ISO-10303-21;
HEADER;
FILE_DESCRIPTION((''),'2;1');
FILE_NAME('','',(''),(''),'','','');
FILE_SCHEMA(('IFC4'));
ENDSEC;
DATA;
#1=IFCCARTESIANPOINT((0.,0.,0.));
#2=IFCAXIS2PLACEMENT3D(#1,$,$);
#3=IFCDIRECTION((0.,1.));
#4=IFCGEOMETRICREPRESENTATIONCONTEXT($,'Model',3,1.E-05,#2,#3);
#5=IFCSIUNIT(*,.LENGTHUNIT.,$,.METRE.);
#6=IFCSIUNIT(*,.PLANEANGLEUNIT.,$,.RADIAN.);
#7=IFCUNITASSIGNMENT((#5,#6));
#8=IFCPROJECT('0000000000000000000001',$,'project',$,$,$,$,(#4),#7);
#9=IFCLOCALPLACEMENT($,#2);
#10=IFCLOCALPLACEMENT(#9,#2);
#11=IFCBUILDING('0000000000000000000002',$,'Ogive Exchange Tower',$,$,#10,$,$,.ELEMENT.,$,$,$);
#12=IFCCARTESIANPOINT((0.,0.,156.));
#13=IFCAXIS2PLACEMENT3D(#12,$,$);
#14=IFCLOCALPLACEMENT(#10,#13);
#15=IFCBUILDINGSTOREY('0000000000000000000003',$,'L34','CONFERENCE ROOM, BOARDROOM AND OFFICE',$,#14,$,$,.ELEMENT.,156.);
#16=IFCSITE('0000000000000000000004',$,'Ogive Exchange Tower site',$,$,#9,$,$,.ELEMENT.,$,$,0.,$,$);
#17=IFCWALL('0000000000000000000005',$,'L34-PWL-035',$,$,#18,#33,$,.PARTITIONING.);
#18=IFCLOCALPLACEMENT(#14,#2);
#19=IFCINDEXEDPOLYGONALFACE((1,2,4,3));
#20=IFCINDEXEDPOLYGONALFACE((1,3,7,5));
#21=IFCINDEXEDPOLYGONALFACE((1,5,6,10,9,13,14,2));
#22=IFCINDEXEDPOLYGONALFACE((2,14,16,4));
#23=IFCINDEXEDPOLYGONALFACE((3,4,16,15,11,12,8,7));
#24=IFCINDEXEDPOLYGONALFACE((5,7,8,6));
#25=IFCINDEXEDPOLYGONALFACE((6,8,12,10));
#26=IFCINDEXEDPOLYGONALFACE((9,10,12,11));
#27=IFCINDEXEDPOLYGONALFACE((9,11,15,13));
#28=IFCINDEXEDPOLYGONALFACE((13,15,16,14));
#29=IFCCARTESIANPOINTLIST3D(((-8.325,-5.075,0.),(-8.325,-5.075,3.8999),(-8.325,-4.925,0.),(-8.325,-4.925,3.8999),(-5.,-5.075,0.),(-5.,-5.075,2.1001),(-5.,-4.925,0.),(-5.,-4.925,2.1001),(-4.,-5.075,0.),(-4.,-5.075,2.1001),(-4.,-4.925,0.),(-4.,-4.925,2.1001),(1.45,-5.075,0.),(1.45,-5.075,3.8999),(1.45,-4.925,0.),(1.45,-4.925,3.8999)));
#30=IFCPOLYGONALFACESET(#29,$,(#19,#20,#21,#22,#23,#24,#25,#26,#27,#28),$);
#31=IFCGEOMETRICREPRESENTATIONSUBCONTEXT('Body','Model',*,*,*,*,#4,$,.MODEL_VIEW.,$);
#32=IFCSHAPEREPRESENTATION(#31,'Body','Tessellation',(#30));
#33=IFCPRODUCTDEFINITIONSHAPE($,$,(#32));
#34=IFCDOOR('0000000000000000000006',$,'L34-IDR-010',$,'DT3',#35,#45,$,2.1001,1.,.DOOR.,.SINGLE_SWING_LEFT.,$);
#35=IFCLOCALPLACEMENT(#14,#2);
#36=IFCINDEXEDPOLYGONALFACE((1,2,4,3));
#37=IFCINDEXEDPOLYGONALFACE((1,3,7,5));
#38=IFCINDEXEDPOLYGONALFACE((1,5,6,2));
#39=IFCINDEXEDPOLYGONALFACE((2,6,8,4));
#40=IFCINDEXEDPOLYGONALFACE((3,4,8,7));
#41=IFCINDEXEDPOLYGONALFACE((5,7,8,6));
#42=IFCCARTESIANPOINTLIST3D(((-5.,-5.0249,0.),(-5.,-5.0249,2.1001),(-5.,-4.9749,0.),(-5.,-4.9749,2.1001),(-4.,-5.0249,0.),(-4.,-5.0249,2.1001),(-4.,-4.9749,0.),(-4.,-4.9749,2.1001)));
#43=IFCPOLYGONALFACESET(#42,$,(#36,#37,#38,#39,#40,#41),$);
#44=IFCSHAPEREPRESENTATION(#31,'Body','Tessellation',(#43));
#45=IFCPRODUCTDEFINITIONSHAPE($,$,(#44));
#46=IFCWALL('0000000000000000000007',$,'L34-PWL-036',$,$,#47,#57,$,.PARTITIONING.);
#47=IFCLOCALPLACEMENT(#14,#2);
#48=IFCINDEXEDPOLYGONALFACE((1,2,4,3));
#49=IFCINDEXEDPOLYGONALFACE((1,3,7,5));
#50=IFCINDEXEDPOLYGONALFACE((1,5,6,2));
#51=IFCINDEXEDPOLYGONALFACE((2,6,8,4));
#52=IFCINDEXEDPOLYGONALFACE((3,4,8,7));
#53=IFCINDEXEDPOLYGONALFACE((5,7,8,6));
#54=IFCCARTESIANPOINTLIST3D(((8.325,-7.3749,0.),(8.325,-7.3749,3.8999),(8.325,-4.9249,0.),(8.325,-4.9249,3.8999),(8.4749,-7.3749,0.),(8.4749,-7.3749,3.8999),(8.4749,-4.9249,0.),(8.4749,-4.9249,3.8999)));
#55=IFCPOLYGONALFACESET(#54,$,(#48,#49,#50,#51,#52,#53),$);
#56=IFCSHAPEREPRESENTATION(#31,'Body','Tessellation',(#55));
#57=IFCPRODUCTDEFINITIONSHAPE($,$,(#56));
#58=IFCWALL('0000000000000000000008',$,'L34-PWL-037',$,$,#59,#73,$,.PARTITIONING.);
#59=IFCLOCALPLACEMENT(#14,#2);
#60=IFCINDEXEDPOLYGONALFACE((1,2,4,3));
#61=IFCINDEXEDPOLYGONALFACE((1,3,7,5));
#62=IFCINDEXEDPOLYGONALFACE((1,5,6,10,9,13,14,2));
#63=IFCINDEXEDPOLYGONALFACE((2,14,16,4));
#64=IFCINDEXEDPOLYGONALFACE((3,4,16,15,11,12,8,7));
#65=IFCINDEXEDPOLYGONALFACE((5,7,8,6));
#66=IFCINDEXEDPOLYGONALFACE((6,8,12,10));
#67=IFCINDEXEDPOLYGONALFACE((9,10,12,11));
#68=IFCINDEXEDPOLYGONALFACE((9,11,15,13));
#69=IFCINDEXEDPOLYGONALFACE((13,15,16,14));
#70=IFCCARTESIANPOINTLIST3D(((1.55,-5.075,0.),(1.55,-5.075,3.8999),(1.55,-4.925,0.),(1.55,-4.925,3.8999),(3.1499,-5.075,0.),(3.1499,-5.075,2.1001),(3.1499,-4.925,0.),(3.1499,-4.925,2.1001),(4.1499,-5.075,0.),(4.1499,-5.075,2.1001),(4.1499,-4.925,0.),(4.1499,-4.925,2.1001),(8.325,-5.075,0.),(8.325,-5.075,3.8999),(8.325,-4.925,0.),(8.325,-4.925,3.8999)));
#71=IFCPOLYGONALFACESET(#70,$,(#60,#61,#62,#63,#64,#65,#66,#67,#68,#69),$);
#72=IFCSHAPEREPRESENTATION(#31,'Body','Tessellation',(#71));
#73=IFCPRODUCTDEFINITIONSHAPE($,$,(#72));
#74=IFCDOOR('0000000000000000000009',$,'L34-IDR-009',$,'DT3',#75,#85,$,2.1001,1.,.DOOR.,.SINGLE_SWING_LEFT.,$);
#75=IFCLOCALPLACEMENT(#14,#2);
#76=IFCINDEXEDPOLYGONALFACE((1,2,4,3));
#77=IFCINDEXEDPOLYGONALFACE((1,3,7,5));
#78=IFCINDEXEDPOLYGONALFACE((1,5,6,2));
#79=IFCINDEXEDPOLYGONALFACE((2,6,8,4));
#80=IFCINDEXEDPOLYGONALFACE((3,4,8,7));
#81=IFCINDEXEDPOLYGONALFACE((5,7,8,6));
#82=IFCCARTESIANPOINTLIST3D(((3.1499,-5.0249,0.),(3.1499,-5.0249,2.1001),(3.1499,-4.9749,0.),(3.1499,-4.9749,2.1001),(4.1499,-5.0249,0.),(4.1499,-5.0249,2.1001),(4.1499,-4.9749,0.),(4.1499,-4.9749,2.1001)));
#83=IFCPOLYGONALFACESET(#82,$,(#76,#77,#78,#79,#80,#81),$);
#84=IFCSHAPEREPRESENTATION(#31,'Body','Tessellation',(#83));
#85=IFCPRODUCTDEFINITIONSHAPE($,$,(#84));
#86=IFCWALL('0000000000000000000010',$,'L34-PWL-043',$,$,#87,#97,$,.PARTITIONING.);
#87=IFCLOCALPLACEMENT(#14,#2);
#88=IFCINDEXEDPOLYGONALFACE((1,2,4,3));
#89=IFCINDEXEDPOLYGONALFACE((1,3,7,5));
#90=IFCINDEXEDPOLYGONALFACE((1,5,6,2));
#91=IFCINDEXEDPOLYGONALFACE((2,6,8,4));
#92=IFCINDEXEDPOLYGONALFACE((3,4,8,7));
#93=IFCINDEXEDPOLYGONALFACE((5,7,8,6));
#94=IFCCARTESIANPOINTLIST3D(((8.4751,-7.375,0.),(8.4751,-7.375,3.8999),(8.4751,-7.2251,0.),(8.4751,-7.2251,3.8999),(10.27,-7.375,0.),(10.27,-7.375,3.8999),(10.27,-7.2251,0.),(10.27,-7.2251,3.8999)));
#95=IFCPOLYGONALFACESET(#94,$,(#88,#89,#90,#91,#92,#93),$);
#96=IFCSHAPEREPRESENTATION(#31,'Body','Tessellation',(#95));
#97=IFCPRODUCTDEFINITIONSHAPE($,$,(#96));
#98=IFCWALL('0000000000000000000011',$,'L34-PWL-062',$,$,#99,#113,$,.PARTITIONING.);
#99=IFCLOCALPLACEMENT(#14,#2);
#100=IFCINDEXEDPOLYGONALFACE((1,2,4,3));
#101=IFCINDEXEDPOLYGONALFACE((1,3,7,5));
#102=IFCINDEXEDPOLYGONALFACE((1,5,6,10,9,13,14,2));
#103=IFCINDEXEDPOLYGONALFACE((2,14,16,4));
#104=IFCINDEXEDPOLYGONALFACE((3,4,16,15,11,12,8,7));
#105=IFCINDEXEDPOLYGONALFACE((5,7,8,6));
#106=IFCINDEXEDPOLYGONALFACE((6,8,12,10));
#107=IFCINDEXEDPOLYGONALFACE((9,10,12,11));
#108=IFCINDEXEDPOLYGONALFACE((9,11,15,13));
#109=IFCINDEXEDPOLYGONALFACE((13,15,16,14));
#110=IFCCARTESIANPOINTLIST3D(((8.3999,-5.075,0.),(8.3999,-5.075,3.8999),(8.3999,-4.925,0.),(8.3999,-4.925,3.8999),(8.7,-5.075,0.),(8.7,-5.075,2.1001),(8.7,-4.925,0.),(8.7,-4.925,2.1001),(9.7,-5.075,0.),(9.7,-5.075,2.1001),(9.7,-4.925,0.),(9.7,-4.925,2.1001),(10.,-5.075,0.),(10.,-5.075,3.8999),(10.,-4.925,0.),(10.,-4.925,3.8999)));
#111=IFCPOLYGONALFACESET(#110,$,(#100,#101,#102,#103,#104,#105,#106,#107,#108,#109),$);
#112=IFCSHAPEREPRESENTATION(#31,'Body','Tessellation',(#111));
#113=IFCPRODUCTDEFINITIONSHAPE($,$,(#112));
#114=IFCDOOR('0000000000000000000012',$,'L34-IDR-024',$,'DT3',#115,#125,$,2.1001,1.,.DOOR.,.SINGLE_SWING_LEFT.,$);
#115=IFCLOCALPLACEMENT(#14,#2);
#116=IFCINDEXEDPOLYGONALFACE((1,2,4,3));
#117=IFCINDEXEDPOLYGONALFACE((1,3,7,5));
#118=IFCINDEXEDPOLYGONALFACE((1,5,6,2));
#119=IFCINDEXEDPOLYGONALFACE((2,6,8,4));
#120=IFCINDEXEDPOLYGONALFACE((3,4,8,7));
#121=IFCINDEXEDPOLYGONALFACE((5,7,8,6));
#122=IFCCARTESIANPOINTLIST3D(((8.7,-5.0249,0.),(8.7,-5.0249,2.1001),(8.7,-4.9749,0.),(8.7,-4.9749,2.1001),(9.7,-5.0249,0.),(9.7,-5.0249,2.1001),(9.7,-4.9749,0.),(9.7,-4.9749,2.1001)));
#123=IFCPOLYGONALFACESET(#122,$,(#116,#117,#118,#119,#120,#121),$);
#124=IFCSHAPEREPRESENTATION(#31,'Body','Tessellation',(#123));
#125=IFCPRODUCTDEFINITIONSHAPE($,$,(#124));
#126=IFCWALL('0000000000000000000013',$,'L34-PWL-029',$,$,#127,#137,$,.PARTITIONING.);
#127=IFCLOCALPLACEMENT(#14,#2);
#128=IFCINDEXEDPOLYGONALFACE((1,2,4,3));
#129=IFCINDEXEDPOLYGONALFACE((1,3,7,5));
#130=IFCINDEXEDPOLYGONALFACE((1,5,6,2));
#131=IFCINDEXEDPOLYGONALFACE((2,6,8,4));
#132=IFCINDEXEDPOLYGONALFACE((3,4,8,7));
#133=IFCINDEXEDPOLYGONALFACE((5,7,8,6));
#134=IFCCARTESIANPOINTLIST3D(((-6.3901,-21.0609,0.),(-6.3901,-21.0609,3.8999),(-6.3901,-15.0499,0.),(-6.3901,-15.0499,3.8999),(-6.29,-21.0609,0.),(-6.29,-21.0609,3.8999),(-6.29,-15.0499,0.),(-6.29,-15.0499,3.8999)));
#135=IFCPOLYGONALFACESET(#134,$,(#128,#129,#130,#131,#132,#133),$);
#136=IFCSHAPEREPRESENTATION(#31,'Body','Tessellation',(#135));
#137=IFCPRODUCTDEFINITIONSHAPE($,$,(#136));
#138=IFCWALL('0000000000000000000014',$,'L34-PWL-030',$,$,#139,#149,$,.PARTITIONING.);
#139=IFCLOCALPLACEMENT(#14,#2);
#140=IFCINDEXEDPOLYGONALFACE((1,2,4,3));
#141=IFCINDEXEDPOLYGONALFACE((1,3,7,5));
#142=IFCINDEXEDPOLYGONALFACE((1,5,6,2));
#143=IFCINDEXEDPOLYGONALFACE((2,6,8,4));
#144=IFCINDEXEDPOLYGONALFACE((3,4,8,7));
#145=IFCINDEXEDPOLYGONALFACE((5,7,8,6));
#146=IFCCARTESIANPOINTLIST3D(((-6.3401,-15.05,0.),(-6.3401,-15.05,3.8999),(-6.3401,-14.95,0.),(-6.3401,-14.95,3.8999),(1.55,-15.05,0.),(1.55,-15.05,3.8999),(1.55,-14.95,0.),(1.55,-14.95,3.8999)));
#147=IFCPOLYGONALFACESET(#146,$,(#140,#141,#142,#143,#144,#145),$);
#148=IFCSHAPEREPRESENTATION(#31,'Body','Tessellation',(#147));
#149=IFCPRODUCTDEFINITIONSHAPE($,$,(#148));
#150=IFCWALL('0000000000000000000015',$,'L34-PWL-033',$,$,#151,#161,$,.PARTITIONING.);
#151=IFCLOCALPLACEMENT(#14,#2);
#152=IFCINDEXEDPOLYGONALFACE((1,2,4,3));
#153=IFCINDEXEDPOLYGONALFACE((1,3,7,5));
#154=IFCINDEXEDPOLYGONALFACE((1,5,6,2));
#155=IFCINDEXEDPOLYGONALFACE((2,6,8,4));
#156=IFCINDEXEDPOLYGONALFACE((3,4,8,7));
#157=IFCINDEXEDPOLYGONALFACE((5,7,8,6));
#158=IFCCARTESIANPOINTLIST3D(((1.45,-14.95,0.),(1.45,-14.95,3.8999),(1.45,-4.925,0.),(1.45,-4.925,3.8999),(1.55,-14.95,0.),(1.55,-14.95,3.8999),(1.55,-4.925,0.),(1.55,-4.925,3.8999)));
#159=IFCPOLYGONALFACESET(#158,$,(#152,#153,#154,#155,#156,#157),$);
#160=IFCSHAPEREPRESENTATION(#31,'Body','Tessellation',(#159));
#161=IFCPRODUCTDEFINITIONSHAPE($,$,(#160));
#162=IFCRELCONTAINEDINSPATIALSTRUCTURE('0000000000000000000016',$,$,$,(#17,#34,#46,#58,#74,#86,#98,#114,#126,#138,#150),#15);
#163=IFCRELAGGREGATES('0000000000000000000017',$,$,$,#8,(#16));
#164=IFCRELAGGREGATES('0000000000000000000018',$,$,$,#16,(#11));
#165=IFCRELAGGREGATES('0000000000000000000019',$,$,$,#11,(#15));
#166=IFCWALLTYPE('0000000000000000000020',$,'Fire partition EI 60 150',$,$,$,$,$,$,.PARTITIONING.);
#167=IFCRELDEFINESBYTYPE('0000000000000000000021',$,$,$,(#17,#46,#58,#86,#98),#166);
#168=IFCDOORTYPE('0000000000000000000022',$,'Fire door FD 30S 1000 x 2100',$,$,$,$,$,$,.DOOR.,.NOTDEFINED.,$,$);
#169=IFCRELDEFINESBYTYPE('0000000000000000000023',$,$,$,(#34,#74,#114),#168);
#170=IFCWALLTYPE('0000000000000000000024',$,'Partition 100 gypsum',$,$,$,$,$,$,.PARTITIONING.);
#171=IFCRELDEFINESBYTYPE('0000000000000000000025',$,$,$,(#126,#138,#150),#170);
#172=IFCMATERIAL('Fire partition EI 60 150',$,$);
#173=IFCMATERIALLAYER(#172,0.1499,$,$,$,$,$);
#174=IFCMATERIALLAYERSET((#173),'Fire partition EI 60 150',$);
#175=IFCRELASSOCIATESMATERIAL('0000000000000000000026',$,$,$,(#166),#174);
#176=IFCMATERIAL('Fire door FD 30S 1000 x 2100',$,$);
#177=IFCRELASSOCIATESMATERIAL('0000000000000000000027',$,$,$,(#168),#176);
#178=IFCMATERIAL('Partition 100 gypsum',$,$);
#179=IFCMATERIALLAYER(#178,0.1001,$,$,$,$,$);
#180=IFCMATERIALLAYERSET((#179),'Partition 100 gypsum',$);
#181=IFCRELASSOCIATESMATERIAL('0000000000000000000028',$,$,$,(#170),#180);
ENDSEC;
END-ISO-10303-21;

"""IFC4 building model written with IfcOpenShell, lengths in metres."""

from ifc_helpers import new_model, si_unit, direction, frame, frame_2d, origin, place, context, subcontext, project, spatial, rectangle, extrude, material, layer, layer_set, type_object, element, fill, save


model = new_model("IFC4")

# Units and contexts
model_context = context("Model", 3, precision=1e-05, world=origin(), true_north=direction((0.0, 1.0)))
body_context = subcontext(model_context, "Body", "Model", "MODEL_VIEW")
ifc_project = project(units=[si_unit("LENGTHUNIT", "METRE"), si_unit("PLANEANGLEUNIT", "RADIAN")], contexts=[model_context])

# Site, building, storey
site_placement = place(None, origin())
site = spatial("IfcSite", under=ifc_project, at=site_placement, Name="Ogive Exchange Tower site", CompositionType="ELEMENT", RefElevation=0.0)
building_placement = place(site_placement, origin())
building = spatial("IfcBuilding", under=site, at=building_placement, Name="Ogive Exchange Tower", CompositionType="ELEMENT")
storey_placement = place(building_placement, frame((0.0, 0.0, 156.0)))
storey = spatial("IfcBuildingStorey", under=building, at=storey_placement, Name="L34", Description="CONFERENCE ROOM, BOARDROOM AND OFFICE", CompositionType="ELEMENT", Elevation=156.0)

# Wall, opening, door
ifc_material_1 = material(Name="Fire partition EI 60 150")
ifc_layer_1 = layer(ifc_material_1, 0.1499)
ifc_layer_set_1 = layer_set([ifc_layer_1], Name="Fire partition EI 60 150")
wall_type_1 = type_object("IfcWallType", Name="Fire partition EI 60 150", PredefinedType="PARTITIONING", material=ifc_layer_set_1)
wall_1_placement = place(storey_placement, frame((1.45, -5.0, 0.0), z_axis=(0.0, 0.0, 1.0), x_axis=(-1.0, 0.0, 0.0)))
wall_1 = element("IfcWall", 1, at=wall_1_placement, inside=storey, type_object=wall_type_1, Name="L34-PWL-035", PredefinedType="PARTITIONING", context=body_context, shape_type="SweptSolid", body=[
    extrude(rectangle(XDim=9.7749, YDim=0.1499, at=frame_2d((4.8875, 0.0))), origin(), (0.0, 0.0, 1.0), 3.8999),
])
opening_1_placement = place(wall_1_placement, frame((5.45, 0.0, 0.0)))
opening_1 = element("IfcOpeningElement", 2, at=opening_1_placement, cuts=wall_1, PredefinedType="OPENING", context=body_context, shape_type="SweptSolid", body=[
    extrude(rectangle(XDim=1.0, YDim=2.1001, at=frame_2d((0.5, 1.05))), frame((0.0, 0.085, 0.0), z_axis=(0.0, -1.0, 0.0), x_axis=(1.0, 0.0, 0.0)), (0.0, 0.0, 1.0), 0.1699),
])
ifc_material_2 = material(Name="Fire door FD 30S 1000 x 2100")
door_type_1 = type_object("IfcDoorType", Name="Fire door FD 30S 1000 x 2100", OperationType="NOTDEFINED", PredefinedType="DOOR", material=ifc_material_2)
door_1_placement = place(opening_1_placement, origin())
door_1 = element("IfcDoor", 3, at=door_1_placement, inside=storey, type_object=door_type_1, Name="L34-IDR-010", ObjectType="DT3", OperationType="SINGLE_SWING_LEFT", OverallHeight=2.1001, OverallWidth=1.0, PredefinedType="DOOR", context=body_context, shape_type="SweptSolid", body=[
    extrude(rectangle(XDim=1.0, YDim=2.1001, at=frame_2d((0.5, 1.05))), frame((0.0, 0.0249, 0.0), z_axis=(0.0, -1.0, 0.0), x_axis=(1.0, 0.0, 0.0)), (0.0, 0.0, 1.0), 0.05),
])
fill(opening_1, door_1)

# Wall
wall_2_placement = place(storey_placement, frame((8.3999, -7.375, 0.0), z_axis=(0.0, 0.0, 1.0), x_axis=(0.0, 1.0, 0.0)))
element("IfcWall", 4, at=wall_2_placement, inside=storey, type_object=wall_type_1, Name="L34-PWL-036", PredefinedType="PARTITIONING", context=body_context, shape_type="SweptSolid", body=[
    extrude(rectangle(XDim=2.45, YDim=0.1499, at=frame_2d((1.2251, 0.0))), origin(), (0.0, 0.0, 1.0), 3.8999),
])

# Wall, opening, door
wall_3_placement = place(storey_placement, frame((8.325, -5.0, 0.0), z_axis=(0.0, 0.0, 1.0), x_axis=(-1.0, 0.0, 0.0)))
wall_3 = element("IfcWall", 5, at=wall_3_placement, inside=storey, type_object=wall_type_1, Name="L34-PWL-037", PredefinedType="PARTITIONING", context=body_context, shape_type="SweptSolid", body=[
    extrude(rectangle(XDim=6.7749, YDim=0.1499, at=frame_2d((3.3875, 0.0))), origin(), (0.0, 0.0, 1.0), 3.8999),
])
opening_2_placement = place(wall_3_placement, frame((4.175, 0.0, 0.0)))
opening_2 = element("IfcOpeningElement", 6, at=opening_2_placement, cuts=wall_3, PredefinedType="OPENING", context=body_context, shape_type="SweptSolid", body=[
    extrude(rectangle(XDim=1.0, YDim=2.1001, at=frame_2d((0.5, 1.05))), frame((0.0, 0.085, 0.0), z_axis=(0.0, -1.0, 0.0), x_axis=(1.0, 0.0, 0.0)), (0.0, 0.0, 1.0), 0.1699),
])
door_2_placement = place(opening_2_placement, origin())
door_2 = element("IfcDoor", 7, at=door_2_placement, inside=storey, type_object=door_type_1, Name="L34-IDR-009", ObjectType="DT3", OperationType="SINGLE_SWING_LEFT", OverallHeight=2.1001, OverallWidth=1.0, PredefinedType="DOOR", context=body_context, shape_type="SweptSolid", body=[
    extrude(rectangle(XDim=1.0, YDim=2.1001, at=frame_2d((0.5, 1.05))), frame((0.0, 0.0249, 0.0), z_axis=(0.0, -1.0, 0.0), x_axis=(1.0, 0.0, 0.0)), (0.0, 0.0, 1.0), 0.05),
])
fill(opening_2, door_2)

# Wall
wall_4_placement = place(storey_placement, frame((10.27, -7.3, 0.0), z_axis=(0.0, 0.0, 1.0), x_axis=(-1.0, 0.0, 0.0)))
element("IfcWall", 8, at=wall_4_placement, inside=storey, type_object=wall_type_1, Name="L34-PWL-043", PredefinedType="PARTITIONING", context=body_context, shape_type="SweptSolid", body=[
    extrude(rectangle(XDim=1.7949, YDim=0.1499, at=frame_2d((0.8975, 0.0))), origin(), (0.0, 0.0, 1.0), 3.8999),
])

# Wall, opening, door
wall_5_placement = place(storey_placement, frame((10.0, -5.0, 0.0), z_axis=(0.0, 0.0, 1.0), x_axis=(-1.0, 0.0, 0.0)))
wall_5 = element("IfcWall", 9, at=wall_5_placement, inside=storey, type_object=wall_type_1, Name="L34-PWL-062", PredefinedType="PARTITIONING", context=body_context, shape_type="SweptSolid", body=[
    extrude(rectangle(XDim=1.6001, YDim=0.1499, at=frame_2d((0.8, 0.0))), origin(), (0.0, 0.0, 1.0), 3.8999),
])
opening_3_placement = place(wall_5_placement, frame((0.3, 0.0, 0.0)))
opening_3 = element("IfcOpeningElement", 10, at=opening_3_placement, cuts=wall_5, PredefinedType="OPENING", context=body_context, shape_type="SweptSolid", body=[
    extrude(rectangle(XDim=1.0, YDim=2.1001, at=frame_2d((0.5, 1.05))), frame((0.0, 0.085, 0.0), z_axis=(0.0, -1.0, 0.0), x_axis=(1.0, 0.0, 0.0)), (0.0, 0.0, 1.0), 0.1699),
])
door_3_placement = place(opening_3_placement, origin())
door_3 = element("IfcDoor", 11, at=door_3_placement, inside=storey, type_object=door_type_1, Name="L34-IDR-024", ObjectType="DT3", OperationType="SINGLE_SWING_LEFT", OverallHeight=2.1001, OverallWidth=1.0, PredefinedType="DOOR", context=body_context, shape_type="SweptSolid", body=[
    extrude(rectangle(XDim=1.0, YDim=2.1001, at=frame_2d((0.5, 1.05))), frame((0.0, 0.0249, 0.0), z_axis=(0.0, -1.0, 0.0), x_axis=(1.0, 0.0, 0.0)), (0.0, 0.0, 1.0), 0.05),
])
fill(opening_3, door_3)

# Walls
ifc_material_3 = material(Name="Partition 100 gypsum")
ifc_layer_2 = layer(ifc_material_3, 0.1001)
ifc_layer_set_2 = layer_set([ifc_layer_2], Name="Partition 100 gypsum")
wall_type_2 = type_object("IfcWallType", Name="Partition 100 gypsum", PredefinedType="PARTITIONING", material=ifc_layer_set_2)
wall_6_placement = place(storey_placement, frame((-6.3401, -15.05, 0.0), z_axis=(0.0, 0.0, 1.0), x_axis=(0.0, -1.0, 0.0)))
element("IfcWall", 12, at=wall_6_placement, inside=storey, type_object=wall_type_2, Name="L34-PWL-029", PredefinedType="PARTITIONING", context=body_context, shape_type="SweptSolid", body=[
    extrude(rectangle(XDim=6.011, YDim=0.1001, at=frame_2d((3.0054, 0.0))), origin(), (0.0, 0.0, 1.0), 3.8999),
])
wall_7_placement = place(storey_placement, frame((-6.3401, -15.0, 0.0), z_axis=(0.0, 0.0, 1.0), x_axis=(1.0, 0.0, 0.0)))
element("IfcWall", 13, at=wall_7_placement, inside=storey, type_object=wall_type_2, Name="L34-PWL-030", PredefinedType="PARTITIONING", context=body_context, shape_type="SweptSolid", body=[
    extrude(rectangle(XDim=7.8901, YDim=0.1001, at=frame_2d((3.9451, 0.0))), origin(), (0.0, 0.0, 1.0), 3.8999),
])
wall_8_placement = place(storey_placement, frame((1.5, -14.95, 0.0), z_axis=(0.0, 0.0, 1.0), x_axis=(0.0, 1.0, 0.0)))
element("IfcWall", 14, at=wall_8_placement, inside=storey, type_object=wall_type_2, Name="L34-PWL-033", PredefinedType="PARTITIONING", context=body_context, shape_type="SweptSolid", body=[
    extrude(rectangle(XDim=10.0249, YDim=0.1001, at=frame_2d((5.0125, 0.0))), origin(), (0.0, 0.0, 1.0), 3.8999),
])

save(model, "model.ifc")
